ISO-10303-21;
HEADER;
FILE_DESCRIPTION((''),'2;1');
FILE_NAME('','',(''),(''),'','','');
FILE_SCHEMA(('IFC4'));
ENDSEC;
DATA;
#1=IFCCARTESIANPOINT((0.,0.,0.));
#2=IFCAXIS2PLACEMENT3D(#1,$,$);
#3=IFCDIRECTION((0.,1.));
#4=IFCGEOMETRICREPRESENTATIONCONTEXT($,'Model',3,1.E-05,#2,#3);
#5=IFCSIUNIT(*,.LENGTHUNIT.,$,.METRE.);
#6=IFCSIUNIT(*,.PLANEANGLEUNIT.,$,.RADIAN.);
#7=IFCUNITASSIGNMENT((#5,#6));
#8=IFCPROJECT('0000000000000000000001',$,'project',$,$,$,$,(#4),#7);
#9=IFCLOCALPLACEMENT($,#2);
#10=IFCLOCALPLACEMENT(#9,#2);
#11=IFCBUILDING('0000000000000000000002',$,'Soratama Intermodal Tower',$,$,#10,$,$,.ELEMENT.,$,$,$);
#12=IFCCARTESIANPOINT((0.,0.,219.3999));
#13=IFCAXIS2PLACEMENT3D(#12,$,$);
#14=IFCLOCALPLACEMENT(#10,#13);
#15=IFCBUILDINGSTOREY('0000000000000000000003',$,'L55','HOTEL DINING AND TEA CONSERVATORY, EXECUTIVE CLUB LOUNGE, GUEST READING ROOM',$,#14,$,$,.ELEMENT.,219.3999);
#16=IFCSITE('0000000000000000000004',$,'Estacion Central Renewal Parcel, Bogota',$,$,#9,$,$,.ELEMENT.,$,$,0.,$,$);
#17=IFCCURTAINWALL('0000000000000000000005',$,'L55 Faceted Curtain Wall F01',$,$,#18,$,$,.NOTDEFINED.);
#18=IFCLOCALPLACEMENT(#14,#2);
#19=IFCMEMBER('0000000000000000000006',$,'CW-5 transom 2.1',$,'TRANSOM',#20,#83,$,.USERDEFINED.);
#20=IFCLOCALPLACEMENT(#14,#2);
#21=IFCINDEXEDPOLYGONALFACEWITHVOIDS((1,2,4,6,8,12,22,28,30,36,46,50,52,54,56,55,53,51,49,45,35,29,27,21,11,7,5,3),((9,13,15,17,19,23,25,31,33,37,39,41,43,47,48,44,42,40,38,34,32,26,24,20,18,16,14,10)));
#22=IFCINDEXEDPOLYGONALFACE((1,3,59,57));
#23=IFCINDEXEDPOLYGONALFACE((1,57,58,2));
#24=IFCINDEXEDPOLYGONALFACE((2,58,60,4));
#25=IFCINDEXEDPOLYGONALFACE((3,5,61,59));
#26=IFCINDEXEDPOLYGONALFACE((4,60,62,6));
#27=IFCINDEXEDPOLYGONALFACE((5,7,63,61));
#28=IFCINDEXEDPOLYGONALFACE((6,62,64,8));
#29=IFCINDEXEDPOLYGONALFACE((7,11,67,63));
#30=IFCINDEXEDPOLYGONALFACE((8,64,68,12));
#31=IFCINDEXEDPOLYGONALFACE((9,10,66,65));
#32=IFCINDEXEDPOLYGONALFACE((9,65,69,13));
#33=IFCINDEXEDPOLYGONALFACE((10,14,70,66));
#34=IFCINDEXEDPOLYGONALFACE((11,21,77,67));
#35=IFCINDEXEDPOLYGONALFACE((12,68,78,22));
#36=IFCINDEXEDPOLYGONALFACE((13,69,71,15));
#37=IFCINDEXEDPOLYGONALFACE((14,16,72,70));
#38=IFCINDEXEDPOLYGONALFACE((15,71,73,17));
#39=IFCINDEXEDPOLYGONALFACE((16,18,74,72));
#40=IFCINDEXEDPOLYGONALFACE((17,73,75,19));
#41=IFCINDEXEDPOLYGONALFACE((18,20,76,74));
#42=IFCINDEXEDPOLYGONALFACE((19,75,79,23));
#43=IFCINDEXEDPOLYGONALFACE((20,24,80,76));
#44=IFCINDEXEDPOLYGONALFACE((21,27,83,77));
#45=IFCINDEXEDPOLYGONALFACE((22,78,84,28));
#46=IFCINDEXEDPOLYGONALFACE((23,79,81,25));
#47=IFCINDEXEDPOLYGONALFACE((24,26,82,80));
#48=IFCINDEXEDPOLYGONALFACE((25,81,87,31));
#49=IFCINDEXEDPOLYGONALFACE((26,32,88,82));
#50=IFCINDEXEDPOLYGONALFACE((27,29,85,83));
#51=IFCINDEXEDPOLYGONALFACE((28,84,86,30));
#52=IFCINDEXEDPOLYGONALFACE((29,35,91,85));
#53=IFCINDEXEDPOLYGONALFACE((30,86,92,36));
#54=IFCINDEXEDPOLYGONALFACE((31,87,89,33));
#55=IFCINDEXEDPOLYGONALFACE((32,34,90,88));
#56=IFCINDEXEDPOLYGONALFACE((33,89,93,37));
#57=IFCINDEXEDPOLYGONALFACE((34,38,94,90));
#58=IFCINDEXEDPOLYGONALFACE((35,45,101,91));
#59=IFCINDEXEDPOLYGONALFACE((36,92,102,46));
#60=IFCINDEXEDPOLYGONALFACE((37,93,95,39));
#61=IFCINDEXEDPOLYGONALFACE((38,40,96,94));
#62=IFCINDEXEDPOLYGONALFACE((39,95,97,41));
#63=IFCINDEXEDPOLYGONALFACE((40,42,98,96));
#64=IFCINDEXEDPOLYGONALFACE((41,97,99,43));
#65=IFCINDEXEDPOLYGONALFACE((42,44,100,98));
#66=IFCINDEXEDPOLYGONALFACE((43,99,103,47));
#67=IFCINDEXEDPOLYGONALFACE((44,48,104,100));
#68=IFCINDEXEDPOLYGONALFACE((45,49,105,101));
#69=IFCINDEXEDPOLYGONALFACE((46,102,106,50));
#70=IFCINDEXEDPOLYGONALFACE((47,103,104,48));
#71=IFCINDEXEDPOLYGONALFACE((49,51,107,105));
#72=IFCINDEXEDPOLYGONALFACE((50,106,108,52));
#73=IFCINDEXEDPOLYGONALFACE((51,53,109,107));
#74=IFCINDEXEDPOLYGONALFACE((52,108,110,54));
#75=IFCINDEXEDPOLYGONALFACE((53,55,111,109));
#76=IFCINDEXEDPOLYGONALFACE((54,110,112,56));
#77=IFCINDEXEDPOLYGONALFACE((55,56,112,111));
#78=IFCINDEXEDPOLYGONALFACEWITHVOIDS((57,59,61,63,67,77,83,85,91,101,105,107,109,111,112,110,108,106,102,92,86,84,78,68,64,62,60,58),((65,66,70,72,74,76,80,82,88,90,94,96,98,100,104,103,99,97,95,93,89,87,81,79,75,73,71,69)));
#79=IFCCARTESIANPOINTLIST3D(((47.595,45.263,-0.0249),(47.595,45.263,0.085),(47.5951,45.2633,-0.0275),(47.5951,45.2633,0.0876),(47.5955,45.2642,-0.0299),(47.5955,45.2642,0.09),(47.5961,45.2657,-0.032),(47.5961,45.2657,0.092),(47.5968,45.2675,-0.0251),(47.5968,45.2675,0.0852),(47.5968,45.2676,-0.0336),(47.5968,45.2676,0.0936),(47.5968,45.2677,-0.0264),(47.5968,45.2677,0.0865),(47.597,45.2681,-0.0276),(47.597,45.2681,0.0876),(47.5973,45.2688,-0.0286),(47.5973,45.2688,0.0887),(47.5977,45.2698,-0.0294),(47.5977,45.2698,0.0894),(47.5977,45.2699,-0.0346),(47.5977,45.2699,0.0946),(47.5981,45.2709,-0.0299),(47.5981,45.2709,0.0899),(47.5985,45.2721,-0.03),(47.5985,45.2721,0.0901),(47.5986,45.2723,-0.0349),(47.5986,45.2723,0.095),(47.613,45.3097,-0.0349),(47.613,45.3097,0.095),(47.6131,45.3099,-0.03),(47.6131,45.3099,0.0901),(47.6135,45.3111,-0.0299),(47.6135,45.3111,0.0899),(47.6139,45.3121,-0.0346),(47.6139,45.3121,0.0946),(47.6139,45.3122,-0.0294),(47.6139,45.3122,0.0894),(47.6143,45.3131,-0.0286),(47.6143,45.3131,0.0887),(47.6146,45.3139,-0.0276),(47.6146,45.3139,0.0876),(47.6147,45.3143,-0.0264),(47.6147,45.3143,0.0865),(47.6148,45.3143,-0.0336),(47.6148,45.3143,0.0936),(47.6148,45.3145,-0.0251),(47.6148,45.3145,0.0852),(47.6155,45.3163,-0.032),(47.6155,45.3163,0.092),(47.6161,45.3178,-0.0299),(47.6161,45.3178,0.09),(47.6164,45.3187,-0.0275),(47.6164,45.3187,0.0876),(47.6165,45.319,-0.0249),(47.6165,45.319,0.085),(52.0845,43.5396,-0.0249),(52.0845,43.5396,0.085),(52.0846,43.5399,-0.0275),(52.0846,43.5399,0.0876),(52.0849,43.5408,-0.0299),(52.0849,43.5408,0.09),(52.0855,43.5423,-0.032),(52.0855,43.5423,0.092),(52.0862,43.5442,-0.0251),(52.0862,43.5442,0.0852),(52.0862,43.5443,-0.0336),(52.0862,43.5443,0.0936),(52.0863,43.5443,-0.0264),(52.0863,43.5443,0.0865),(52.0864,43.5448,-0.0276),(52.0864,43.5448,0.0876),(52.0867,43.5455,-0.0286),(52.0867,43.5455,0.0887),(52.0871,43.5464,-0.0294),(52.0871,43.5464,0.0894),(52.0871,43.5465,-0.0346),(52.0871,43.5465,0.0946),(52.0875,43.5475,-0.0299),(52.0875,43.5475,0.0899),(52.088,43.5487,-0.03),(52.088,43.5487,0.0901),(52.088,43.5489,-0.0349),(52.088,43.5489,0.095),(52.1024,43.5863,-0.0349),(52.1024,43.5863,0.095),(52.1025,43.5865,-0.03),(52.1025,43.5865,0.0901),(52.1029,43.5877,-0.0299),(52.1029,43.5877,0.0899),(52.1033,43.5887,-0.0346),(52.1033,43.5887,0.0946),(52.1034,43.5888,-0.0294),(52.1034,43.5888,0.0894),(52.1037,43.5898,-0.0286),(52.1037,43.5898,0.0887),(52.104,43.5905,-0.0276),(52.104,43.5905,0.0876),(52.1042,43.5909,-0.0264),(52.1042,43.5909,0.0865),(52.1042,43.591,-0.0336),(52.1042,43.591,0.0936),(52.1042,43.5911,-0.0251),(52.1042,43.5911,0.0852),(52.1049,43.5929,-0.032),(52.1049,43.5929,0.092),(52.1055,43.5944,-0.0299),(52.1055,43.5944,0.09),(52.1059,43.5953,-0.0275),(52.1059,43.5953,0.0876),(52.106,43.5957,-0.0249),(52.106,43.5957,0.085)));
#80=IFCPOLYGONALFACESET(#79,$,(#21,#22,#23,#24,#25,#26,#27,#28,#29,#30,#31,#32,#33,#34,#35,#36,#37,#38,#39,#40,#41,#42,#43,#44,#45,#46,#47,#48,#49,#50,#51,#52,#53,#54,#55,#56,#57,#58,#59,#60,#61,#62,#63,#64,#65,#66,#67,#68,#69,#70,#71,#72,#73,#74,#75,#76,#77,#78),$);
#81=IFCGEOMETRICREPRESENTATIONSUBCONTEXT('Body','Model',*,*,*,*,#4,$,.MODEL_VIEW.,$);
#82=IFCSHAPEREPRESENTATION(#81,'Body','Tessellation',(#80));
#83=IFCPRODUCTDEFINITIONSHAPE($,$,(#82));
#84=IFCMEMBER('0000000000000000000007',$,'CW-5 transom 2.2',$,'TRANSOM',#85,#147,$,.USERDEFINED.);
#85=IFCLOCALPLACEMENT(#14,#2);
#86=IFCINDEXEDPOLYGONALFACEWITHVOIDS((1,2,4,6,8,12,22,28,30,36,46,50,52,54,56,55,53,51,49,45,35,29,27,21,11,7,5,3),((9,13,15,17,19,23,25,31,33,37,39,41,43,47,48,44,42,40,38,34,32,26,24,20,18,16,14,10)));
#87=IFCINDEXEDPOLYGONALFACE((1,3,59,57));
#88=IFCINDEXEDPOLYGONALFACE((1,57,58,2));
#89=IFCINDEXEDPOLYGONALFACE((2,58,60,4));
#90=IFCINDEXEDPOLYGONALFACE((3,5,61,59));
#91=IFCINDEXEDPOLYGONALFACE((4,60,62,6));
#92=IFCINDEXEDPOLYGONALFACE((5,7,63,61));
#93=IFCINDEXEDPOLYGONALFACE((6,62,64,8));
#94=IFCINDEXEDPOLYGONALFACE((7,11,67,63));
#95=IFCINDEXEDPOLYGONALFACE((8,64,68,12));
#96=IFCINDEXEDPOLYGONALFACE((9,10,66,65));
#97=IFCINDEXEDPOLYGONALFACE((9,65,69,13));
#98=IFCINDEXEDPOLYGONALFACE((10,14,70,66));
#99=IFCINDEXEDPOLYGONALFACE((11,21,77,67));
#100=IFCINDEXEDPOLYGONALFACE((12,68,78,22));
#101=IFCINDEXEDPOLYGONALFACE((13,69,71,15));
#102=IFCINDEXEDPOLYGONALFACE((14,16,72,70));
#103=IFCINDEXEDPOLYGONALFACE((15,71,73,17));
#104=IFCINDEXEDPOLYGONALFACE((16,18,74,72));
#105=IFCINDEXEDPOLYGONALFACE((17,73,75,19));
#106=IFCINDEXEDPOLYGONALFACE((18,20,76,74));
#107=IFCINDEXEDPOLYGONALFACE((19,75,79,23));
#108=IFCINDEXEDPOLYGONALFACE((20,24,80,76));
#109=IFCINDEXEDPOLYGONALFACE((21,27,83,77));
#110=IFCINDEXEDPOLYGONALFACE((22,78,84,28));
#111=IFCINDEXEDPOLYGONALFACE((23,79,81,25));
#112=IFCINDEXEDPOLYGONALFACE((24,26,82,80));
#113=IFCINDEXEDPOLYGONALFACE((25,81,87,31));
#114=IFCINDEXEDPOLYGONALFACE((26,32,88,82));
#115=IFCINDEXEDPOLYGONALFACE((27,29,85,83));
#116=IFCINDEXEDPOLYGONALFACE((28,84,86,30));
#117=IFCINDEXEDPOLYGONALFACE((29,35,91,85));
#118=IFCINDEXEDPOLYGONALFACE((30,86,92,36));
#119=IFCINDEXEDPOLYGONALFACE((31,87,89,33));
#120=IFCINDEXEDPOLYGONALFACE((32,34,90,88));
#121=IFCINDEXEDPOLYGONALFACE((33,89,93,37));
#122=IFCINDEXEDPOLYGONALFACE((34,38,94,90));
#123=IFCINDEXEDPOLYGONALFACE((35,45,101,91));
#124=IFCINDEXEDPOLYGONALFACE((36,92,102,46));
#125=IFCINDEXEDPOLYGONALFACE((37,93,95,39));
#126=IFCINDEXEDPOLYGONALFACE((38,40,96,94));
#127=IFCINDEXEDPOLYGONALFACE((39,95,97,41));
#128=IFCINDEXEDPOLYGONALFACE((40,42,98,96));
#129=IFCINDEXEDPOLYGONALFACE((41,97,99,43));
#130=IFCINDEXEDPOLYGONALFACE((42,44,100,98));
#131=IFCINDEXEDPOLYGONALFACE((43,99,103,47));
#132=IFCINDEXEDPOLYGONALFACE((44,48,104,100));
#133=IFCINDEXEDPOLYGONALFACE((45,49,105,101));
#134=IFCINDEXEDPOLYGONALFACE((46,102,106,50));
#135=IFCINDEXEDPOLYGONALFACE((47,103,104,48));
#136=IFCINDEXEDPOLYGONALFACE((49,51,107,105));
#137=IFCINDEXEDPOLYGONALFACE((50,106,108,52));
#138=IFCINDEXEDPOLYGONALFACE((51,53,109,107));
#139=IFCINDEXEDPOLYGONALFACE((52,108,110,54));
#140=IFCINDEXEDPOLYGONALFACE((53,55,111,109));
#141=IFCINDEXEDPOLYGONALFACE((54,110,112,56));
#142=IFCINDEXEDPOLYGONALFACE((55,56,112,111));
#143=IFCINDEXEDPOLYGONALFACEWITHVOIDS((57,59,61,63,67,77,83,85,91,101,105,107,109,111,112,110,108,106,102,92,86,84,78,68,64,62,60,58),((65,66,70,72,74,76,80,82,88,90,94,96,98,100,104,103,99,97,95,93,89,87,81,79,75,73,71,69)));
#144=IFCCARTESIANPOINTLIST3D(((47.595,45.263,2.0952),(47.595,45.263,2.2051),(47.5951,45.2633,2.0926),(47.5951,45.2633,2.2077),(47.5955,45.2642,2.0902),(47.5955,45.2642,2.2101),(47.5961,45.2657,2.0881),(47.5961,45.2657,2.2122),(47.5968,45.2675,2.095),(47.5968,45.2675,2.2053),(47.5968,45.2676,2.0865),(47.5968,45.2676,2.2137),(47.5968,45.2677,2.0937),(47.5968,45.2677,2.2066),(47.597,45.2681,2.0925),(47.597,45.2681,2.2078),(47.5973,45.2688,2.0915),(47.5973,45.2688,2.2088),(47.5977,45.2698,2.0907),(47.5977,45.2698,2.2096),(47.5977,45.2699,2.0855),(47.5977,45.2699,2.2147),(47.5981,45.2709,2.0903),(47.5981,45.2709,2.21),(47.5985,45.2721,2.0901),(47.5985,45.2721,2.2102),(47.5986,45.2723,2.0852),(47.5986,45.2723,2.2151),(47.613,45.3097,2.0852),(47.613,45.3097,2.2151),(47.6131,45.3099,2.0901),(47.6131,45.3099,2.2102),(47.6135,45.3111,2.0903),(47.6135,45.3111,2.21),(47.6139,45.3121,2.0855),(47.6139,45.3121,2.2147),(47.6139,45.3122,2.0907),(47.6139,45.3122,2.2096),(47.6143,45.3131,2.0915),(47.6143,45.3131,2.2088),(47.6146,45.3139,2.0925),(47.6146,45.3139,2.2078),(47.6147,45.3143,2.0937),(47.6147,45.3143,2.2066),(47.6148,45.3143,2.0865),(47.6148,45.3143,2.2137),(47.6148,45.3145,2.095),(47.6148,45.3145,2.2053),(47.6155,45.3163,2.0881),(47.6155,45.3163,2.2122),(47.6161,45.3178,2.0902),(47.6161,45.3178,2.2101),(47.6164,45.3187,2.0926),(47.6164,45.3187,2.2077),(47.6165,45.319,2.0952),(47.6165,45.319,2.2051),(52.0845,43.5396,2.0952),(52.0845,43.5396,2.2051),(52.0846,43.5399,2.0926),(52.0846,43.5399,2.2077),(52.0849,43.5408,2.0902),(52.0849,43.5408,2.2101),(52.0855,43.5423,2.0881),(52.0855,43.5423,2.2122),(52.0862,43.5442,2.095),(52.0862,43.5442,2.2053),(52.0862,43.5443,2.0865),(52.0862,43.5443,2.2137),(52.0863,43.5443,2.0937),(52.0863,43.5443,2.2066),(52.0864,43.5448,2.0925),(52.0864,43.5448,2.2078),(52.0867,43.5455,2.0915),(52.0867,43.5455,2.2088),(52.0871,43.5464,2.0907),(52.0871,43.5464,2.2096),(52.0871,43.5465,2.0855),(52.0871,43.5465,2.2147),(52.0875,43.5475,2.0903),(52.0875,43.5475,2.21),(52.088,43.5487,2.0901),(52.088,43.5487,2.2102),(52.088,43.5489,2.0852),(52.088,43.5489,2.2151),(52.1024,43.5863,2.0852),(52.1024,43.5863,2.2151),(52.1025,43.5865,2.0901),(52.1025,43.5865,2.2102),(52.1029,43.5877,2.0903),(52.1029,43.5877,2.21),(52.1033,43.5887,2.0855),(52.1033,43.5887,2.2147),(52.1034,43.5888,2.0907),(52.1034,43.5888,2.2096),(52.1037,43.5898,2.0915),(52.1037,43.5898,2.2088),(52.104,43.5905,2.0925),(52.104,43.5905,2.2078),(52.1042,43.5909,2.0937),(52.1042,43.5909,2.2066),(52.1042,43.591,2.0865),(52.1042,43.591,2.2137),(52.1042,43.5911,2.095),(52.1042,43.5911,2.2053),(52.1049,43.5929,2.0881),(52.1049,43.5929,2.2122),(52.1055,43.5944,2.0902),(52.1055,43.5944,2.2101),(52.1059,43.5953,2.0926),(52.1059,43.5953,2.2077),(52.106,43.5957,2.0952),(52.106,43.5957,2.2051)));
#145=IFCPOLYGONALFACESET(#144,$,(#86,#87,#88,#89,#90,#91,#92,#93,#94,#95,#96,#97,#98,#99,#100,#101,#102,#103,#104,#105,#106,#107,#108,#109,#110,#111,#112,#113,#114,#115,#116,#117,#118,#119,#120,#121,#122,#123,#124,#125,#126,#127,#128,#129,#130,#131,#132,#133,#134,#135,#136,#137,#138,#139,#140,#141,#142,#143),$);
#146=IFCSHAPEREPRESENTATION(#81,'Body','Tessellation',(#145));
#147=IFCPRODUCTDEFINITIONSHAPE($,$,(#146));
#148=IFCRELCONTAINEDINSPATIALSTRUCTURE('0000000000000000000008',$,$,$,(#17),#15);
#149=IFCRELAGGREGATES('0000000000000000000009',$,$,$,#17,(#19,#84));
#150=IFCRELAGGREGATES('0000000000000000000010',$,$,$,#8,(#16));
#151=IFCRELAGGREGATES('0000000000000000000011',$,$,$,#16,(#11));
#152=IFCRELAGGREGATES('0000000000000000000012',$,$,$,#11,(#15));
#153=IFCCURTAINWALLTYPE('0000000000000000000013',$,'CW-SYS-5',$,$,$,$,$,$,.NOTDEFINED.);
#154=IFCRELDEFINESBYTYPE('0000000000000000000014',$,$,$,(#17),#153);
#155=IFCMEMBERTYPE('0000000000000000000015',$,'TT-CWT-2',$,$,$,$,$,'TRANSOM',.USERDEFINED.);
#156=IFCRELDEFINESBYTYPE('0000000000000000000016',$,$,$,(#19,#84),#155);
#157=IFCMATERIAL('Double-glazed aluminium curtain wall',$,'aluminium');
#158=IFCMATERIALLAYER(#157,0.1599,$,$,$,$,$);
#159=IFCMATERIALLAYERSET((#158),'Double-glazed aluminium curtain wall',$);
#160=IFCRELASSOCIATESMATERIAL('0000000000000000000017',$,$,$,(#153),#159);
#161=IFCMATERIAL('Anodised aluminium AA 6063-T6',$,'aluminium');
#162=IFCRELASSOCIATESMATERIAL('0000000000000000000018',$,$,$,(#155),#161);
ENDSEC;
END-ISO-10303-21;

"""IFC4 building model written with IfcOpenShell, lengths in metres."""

from ifc_helpers import new_model, si_unit, direction, frame, origin, origin_2d, place, context, subcontext, project, spatial, hollow_rectangle, extrude, material, layer, layer_set, material_profile, profile_set, type_object, element, aggregate, save


model = new_model("IFC4")

# Units and contexts
model_context = context("Model", 3, precision=1e-05, world=origin(), true_north=direction((0.0, 1.0)))
body_context = subcontext(model_context, "Body", "Model", "MODEL_VIEW")
ifc_project = project(units=[si_unit("LENGTHUNIT", "METRE"), si_unit("PLANEANGLEUNIT", "RADIAN")], contexts=[model_context])

# Site, building, storey
site_placement = place(None, origin())
site = spatial("IfcSite", under=ifc_project, at=site_placement, Name="Estacion Central Renewal Parcel, Bogota", CompositionType="ELEMENT", RefElevation=0.0)
building_placement = place(site_placement, origin())
building = spatial("IfcBuilding", under=site, at=building_placement, Name="Soratama Intermodal Tower", CompositionType="ELEMENT")
storey_placement = place(building_placement, frame((0.0, 0.0, 219.3999)))
storey = spatial("IfcBuildingStorey", under=building, at=storey_placement, Name="L55", Description="HOTEL DINING AND TEA CONSERVATORY, EXECUTIVE CLUB LOUNGE, GUEST READING ROOM", CompositionType="ELEMENT", Elevation=219.3999)

# Curtain wall, members
ifc_material_1 = material(Name="Double-glazed aluminium curtain wall", Category="aluminium")
ifc_layer_1 = layer(ifc_material_1, 0.1599)
ifc_layer_set_1 = layer_set([ifc_layer_1], Name="Double-glazed aluminium curtain wall")
curtain_wall_type = type_object("IfcCurtainWallType", Name="CW-SYS-5", PredefinedType="NOTDEFINED", material=ifc_layer_set_1)
curtain_wall_placement = place(storey_placement, origin())
curtain_wall = element("IfcCurtainWall", 1, at=curtain_wall_placement, inside=storey, type_object=curtain_wall_type, Name="L55 Faceted Curtain Wall F01", PredefinedType="NOTDEFINED")
ifc_material_2 = material(Name="Anodised aluminium AA 6063-T6", Category="aluminium")
ifc_material_profile_1 = material_profile(ifc_material_2, hollow_rectangle(XDim=0.0601, YDim=0.1299, WallThickness=0.0049, InnerFilletRadius=0.0049, OuterFilletRadius=0.01, at=origin_2d()), Name="CWT130X60X5")
ifc_profile_set_1 = profile_set([ifc_material_profile_1], Name="Anodised aluminium AA 6063-T6")
member_type_1 = type_object("IfcMemberType", Name="TT-CWT-2", ElementType="TRANSOM", PredefinedType="USERDEFINED", material=ifc_profile_set_1)
member_1_placement = place(storey_placement, frame((52.0952, 43.5676, 0.03), z_axis=(-0.933578, 0.358373, 0.0), x_axis=(-0.358373, -0.933578, 0.0)))
member_1 = element("IfcMember", 2, at=member_1_placement, type_object=member_type_1, Name="CW-5 transom 2.1", ObjectType="TRANSOM", PredefinedType="USERDEFINED", context=body_context, shape_type="SweptSolid", body=[
    extrude(hollow_rectangle(XDim=0.0601, YDim=0.1299, WallThickness=0.0049, InnerFilletRadius=0.0049, OuterFilletRadius=0.01, at=origin_2d()), origin(), (0.0, 0.0, 1.0), 4.8088),
])
member_2_placement = place(storey_placement, frame((52.0952, 43.5676, 2.1501), z_axis=(-0.933578, 0.358373, 0.0), x_axis=(-0.358373, -0.933578, 0.0)))
member_2 = element("IfcMember", 3, at=member_2_placement, type_object=member_type_1, Name="CW-5 transom 2.2", ObjectType="TRANSOM", PredefinedType="USERDEFINED", context=body_context, shape_type="SweptSolid", body=[
    extrude(hollow_rectangle(XDim=0.0601, YDim=0.1299, WallThickness=0.0049, InnerFilletRadius=0.0049, OuterFilletRadius=0.01, at=origin_2d()), origin(), (0.0, 0.0, 1.0), 4.8088),
])
aggregate(curtain_wall, [member_1, member_2])

save(model, "model.ifc")
